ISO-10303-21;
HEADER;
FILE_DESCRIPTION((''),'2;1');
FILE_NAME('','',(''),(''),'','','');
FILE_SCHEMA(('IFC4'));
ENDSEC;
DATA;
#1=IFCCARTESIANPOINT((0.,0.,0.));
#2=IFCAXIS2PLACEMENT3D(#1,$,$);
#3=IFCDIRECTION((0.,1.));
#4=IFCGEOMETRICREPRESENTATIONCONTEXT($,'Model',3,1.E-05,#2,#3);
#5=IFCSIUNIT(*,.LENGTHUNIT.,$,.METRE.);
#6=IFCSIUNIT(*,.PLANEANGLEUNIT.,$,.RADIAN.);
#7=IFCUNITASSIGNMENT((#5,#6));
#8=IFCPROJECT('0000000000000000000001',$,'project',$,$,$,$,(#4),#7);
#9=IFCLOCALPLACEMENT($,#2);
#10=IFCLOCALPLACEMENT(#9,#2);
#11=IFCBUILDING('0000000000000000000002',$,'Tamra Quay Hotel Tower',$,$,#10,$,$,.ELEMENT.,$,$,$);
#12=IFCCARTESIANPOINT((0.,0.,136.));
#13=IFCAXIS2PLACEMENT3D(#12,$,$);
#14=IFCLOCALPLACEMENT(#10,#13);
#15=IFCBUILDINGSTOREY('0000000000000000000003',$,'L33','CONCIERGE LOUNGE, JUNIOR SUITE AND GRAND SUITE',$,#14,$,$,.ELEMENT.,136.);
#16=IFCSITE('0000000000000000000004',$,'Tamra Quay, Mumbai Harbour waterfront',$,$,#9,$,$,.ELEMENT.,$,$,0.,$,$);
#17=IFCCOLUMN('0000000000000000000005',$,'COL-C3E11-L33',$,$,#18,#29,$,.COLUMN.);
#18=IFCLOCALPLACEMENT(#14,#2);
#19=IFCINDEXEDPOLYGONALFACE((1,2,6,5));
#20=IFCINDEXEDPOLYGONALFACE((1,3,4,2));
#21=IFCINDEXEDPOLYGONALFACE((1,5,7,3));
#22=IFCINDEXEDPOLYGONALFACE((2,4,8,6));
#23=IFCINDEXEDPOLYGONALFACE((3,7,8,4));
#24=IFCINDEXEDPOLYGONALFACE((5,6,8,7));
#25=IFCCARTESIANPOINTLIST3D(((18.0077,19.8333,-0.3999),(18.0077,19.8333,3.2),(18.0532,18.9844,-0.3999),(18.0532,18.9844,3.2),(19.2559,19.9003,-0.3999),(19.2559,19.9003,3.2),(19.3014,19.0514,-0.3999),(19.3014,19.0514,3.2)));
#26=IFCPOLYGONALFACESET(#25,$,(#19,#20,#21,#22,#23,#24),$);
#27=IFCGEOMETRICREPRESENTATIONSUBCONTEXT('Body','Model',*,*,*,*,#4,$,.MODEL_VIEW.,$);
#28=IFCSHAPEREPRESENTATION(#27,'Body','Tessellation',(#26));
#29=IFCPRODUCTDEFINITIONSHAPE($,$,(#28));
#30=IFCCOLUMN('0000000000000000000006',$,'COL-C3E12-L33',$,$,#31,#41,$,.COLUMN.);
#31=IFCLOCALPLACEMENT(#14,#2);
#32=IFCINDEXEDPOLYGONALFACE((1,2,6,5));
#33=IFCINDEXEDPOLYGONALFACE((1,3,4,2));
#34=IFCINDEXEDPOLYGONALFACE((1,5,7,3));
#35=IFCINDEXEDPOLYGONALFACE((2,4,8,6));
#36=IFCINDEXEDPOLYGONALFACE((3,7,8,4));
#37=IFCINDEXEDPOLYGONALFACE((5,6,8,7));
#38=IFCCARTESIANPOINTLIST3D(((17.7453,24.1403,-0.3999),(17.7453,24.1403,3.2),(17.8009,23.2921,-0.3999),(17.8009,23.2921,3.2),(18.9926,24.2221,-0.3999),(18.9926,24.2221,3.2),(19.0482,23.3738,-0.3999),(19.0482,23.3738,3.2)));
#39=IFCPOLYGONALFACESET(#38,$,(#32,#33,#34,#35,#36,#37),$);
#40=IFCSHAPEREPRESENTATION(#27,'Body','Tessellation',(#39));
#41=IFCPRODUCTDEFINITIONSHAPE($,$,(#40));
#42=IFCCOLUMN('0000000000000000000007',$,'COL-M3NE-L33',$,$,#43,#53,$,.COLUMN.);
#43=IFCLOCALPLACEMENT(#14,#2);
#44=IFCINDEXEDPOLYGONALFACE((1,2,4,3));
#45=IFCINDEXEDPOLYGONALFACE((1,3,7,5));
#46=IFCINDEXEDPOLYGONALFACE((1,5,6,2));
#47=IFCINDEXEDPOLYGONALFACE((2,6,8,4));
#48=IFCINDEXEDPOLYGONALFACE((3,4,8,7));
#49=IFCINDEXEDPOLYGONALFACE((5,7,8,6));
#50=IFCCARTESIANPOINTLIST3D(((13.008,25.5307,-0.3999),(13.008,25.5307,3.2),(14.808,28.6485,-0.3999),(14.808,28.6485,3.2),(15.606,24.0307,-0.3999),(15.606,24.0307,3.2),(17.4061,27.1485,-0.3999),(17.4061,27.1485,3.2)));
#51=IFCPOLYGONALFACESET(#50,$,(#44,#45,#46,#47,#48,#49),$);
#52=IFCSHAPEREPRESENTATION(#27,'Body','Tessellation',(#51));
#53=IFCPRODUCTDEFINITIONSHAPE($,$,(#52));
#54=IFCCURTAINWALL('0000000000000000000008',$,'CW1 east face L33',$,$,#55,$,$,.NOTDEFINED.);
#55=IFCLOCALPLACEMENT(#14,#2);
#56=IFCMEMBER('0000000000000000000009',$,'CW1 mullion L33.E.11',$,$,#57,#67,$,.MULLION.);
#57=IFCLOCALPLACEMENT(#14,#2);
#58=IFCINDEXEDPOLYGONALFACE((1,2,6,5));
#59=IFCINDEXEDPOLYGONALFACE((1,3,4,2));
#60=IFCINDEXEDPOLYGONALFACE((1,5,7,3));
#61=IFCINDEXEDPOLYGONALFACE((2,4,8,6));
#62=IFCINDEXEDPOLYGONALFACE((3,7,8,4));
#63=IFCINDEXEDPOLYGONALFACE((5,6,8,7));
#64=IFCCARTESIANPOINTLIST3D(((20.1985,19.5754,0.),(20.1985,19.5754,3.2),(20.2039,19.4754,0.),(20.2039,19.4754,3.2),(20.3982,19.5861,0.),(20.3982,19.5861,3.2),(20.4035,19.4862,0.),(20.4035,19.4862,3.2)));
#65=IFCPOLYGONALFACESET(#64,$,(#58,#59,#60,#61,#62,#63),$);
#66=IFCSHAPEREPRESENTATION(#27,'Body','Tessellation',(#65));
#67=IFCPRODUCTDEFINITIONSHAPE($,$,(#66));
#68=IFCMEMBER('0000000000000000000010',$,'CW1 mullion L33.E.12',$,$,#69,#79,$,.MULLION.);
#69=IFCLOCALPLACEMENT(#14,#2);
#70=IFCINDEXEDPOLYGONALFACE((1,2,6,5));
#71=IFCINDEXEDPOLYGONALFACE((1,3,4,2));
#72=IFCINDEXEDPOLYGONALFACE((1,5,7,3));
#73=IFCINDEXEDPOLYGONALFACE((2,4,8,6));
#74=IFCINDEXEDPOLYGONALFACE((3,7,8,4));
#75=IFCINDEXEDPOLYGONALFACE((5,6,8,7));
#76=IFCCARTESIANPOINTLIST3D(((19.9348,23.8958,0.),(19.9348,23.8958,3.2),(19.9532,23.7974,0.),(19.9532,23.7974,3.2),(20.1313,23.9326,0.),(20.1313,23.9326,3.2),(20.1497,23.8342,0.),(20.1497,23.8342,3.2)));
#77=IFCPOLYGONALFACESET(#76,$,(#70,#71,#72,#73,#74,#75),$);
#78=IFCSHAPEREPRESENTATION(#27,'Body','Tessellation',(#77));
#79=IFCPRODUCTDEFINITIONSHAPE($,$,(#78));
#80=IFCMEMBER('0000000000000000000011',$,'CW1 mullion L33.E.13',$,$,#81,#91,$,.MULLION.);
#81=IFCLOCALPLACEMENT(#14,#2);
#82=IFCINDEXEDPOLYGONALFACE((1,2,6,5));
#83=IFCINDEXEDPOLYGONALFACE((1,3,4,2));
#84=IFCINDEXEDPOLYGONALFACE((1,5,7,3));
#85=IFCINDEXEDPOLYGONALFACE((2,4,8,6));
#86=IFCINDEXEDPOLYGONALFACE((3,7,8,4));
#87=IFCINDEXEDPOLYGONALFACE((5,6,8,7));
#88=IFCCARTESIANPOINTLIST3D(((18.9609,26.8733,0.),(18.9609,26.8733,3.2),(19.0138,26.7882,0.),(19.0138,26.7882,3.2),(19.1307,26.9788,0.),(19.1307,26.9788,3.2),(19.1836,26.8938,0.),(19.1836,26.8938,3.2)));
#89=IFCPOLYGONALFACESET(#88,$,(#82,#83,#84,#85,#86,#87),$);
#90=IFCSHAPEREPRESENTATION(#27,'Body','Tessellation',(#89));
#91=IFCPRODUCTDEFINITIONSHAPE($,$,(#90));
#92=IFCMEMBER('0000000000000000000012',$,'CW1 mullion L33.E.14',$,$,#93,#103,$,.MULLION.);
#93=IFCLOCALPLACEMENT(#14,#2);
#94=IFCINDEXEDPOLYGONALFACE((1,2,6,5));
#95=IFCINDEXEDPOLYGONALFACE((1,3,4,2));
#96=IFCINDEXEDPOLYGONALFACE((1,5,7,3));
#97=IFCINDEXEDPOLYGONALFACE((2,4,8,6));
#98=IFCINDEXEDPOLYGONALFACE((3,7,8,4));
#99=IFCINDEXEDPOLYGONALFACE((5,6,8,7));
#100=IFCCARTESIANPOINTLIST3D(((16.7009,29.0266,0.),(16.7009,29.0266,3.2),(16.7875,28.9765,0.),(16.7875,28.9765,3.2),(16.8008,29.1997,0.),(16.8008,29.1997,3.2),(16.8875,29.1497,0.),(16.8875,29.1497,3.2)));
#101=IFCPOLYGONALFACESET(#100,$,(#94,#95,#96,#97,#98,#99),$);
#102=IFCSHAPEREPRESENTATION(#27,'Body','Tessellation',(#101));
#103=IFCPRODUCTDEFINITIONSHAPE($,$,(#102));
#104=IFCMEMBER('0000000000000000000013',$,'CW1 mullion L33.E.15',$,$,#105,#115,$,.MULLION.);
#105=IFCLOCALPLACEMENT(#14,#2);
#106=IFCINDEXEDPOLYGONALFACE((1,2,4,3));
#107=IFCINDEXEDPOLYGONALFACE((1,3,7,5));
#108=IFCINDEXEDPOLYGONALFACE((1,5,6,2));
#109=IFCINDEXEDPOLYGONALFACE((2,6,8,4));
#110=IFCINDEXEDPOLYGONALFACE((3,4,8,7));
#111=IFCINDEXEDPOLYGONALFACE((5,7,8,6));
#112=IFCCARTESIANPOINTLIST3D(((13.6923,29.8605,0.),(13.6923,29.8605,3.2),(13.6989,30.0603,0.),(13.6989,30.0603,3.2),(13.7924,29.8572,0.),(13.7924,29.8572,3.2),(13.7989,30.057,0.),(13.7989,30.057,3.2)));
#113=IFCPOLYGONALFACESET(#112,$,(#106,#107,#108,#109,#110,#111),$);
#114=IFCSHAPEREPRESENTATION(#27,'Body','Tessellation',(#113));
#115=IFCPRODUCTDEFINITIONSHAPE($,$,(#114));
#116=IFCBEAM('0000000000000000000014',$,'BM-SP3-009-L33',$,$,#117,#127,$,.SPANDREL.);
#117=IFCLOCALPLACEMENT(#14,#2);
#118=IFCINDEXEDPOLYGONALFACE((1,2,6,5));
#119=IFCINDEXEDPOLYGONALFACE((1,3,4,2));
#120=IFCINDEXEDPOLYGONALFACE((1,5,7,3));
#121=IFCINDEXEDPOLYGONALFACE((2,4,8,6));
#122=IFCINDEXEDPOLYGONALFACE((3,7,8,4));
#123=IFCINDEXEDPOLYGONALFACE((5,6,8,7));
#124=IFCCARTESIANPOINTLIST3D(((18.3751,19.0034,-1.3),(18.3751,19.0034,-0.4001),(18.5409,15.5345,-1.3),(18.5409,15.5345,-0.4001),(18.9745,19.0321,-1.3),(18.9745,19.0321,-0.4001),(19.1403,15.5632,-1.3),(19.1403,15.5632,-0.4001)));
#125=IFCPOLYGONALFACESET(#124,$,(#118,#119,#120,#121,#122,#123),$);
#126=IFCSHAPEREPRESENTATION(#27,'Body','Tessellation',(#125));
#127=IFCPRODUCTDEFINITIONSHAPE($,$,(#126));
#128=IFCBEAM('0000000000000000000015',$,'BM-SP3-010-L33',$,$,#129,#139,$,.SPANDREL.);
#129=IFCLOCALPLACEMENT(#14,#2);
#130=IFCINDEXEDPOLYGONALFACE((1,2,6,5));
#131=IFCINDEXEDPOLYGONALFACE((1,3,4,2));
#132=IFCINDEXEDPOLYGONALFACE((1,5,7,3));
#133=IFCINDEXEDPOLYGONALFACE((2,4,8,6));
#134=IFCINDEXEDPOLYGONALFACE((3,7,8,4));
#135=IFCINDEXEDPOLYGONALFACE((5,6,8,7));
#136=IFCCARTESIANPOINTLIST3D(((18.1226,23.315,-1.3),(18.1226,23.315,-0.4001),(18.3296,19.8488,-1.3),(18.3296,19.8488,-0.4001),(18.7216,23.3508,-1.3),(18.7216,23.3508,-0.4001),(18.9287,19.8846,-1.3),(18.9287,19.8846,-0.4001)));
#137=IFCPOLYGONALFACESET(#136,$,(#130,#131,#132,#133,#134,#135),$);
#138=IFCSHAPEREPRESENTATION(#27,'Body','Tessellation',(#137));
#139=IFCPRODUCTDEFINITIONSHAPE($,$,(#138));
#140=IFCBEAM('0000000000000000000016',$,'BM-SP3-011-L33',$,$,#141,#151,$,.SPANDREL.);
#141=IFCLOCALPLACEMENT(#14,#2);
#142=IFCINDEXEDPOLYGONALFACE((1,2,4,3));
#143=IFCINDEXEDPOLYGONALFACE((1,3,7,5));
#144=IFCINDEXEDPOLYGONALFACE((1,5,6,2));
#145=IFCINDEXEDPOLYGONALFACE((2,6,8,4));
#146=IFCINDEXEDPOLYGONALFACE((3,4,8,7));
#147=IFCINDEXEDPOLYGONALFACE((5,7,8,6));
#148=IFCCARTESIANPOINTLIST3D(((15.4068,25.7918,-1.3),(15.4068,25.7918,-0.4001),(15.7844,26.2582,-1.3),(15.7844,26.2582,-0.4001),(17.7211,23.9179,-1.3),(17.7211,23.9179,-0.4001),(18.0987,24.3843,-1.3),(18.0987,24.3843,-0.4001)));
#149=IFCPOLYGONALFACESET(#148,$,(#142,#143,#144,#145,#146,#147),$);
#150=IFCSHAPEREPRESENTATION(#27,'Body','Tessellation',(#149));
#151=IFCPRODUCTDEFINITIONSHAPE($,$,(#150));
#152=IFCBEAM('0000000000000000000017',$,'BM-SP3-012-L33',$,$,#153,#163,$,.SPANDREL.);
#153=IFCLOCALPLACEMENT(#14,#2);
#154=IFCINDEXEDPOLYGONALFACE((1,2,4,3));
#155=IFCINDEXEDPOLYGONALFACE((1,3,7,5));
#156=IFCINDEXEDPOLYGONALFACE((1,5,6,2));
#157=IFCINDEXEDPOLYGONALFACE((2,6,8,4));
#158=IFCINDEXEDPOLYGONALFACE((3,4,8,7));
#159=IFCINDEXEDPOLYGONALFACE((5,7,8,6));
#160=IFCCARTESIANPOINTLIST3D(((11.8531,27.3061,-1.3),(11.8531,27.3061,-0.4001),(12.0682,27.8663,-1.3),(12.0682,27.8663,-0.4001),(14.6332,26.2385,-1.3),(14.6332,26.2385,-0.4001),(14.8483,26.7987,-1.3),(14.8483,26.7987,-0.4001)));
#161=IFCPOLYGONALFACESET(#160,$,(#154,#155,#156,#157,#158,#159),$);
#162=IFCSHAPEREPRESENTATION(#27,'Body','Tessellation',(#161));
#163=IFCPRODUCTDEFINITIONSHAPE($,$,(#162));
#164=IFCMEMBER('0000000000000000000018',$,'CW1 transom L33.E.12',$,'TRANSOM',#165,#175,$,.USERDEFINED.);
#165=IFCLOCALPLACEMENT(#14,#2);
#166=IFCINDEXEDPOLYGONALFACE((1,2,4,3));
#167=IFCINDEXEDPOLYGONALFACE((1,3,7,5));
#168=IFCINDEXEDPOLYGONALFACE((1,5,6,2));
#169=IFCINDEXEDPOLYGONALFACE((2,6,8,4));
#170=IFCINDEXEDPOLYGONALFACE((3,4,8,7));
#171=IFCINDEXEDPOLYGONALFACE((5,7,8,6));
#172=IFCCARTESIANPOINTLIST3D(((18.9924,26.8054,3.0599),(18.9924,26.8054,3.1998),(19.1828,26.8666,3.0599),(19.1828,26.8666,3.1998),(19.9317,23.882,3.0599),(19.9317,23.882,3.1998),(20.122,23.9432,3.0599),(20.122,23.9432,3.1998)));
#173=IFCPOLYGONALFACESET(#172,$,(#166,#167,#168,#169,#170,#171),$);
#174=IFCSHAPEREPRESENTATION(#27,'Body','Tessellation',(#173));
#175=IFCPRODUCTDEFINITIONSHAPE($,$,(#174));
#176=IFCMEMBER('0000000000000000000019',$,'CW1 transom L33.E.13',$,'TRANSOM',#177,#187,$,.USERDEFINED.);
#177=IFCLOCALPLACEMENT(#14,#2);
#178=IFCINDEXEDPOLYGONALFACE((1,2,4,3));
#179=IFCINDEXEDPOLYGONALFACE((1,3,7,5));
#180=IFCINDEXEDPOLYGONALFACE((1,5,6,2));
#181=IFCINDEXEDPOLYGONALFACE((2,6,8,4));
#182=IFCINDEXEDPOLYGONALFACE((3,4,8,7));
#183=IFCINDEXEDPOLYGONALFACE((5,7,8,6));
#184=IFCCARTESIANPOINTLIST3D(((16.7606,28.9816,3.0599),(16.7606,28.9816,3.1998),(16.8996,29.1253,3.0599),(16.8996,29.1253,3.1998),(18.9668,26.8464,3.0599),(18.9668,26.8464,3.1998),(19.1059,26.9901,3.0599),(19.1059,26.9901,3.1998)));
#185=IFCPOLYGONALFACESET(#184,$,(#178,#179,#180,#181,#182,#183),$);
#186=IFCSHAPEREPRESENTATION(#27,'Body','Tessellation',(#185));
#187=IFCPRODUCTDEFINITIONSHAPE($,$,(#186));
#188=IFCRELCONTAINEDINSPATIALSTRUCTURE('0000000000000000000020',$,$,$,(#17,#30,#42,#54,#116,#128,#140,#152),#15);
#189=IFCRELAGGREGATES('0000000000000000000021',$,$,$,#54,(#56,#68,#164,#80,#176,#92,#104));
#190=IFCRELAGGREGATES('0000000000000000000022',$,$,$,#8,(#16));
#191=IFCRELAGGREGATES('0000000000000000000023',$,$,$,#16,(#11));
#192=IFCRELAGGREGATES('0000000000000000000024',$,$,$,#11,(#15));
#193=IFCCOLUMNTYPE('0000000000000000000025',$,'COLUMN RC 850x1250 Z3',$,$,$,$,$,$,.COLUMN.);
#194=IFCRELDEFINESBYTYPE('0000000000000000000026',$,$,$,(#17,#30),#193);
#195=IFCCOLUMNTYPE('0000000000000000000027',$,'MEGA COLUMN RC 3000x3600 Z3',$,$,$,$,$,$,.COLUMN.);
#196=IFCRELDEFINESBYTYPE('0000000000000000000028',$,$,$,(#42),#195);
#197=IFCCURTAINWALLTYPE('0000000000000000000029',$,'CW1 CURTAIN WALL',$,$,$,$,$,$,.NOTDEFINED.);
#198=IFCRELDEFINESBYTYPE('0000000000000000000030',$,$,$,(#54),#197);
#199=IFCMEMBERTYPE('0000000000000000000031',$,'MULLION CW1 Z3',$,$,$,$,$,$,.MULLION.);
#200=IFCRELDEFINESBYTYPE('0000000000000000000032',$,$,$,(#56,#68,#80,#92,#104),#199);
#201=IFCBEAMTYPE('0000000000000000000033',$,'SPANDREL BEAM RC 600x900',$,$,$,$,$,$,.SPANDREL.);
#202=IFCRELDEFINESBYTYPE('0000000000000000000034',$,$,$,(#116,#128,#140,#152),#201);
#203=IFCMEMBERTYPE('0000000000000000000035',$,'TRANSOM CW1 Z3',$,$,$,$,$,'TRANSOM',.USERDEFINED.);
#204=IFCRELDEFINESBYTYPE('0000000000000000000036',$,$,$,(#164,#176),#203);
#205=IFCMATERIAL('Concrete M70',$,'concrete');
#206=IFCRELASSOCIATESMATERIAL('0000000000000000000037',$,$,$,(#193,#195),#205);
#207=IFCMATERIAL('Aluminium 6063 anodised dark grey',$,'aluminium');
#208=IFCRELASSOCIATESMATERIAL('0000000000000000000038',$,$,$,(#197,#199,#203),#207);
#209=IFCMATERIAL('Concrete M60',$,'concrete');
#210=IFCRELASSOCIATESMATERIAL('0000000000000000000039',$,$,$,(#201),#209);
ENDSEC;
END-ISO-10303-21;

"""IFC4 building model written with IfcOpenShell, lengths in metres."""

from ifc_helpers import new_model, si_unit, direction, frame, origin, origin_2d, place, context, subcontext, project, spatial, rectangle, extrude, material, material_profile, profile_set, type_object, element, aggregate, save


model = new_model("IFC4")

# Units and contexts
model_context = context("Model", 3, precision=1e-05, world=origin(), true_north=direction((0.0, 1.0)))
body_context = subcontext(model_context, "Body", "Model", "MODEL_VIEW")
ifc_project = project(units=[si_unit("LENGTHUNIT", "METRE"), si_unit("PLANEANGLEUNIT", "RADIAN")], contexts=[model_context])

# Site, building, storey
site_placement = place(None, origin())
site = spatial("IfcSite", under=ifc_project, at=site_placement, Name="Tamra Quay, Mumbai Harbour waterfront", CompositionType="ELEMENT", RefElevation=0.0)
building_placement = place(site_placement, origin())
building = spatial("IfcBuilding", under=site, at=building_placement, Name="Tamra Quay Hotel Tower", CompositionType="ELEMENT")
storey_placement = place(building_placement, frame((0.0, 0.0, 136.0)))
storey = spatial("IfcBuildingStorey", under=building, at=storey_placement, Name="L33", Description="CONCIERGE LOUNGE, JUNIOR SUITE AND GRAND SUITE", CompositionType="ELEMENT", Elevation=136.0)

# Columns
ifc_material_1 = material(Name="Concrete M70", Category="concrete")
ifc_material_profile_1 = material_profile(ifc_material_1, rectangle(XDim=1.25, YDim=0.8501, at=origin_2d()), Name="COLUMN RC 850x1250 Z3")
ifc_profile_set_1 = profile_set([ifc_material_profile_1], Name="Concrete M70")
column_type_1 = type_object("IfcColumnType", Name="COLUMN RC 850x1250 Z3", PredefinedType="COLUMN", material=ifc_profile_set_1)
for number, where, z_axis, x_axis, name in (
    (1, (18.6545, 19.4424, -0.3999), (0.0, 0.0, 1.0), (0.998562, 0.053603, 0.0), "COL-C3E11-L33"),
    (2, (18.3967, 23.7571, -0.3999), (0.0, 0.0, 1.0), (0.997858, 0.065419, 0.0), "COL-C3E12-L33"),
):
    element("IfcColumn", number, at=place(storey_placement, frame(where, z_axis=z_axis, x_axis=x_axis)), inside=storey, type_object=column_type_1, Name=name, PredefinedType="COLUMN", context=body_context, shape_type="SweptSolid", body=[
        extrude(rectangle(XDim=1.25, YDim=0.8501, at=origin_2d()), origin(), (0.0, 0.0, 1.0), 3.5999),
    ])
ifc_material_profile_2 = material_profile(ifc_material_1, rectangle(XDim=3.6001, YDim=3.0, at=origin_2d()), Name="MEGA COLUMN RC 3000x3600 Z3")
ifc_profile_set_2 = profile_set([ifc_material_profile_2], Name="Concrete M70")
column_type_2 = type_object("IfcColumnType", Name="MEGA COLUMN RC 3000x3600 Z3", PredefinedType="COLUMN", material=ifc_profile_set_2)
column_placement = place(storey_placement, frame((15.207, 26.3396, -0.3999), z_axis=(0.0, 0.0, 1.0), x_axis=(0.5, 0.866025, 0.0)))
element("IfcColumn", 3, at=column_placement, inside=storey, type_object=column_type_2, Name="COL-M3NE-L33", PredefinedType="COLUMN", context=body_context, shape_type="SweptSolid", body=[
    extrude(rectangle(XDim=3.6001, YDim=3.0, at=origin_2d()), origin(), (0.0, 0.0, 1.0), 3.5999),
])

# Curtain wall, members
ifc_material_2 = material(Name="Aluminium 6063 anodised dark grey", Category="aluminium")
curtain_wall_type = type_object("IfcCurtainWallType", Name="CW1 CURTAIN WALL", PredefinedType="NOTDEFINED", material=ifc_material_2)
curtain_wall_placement = place(storey_placement, origin())
curtain_wall = element("IfcCurtainWall", 4, at=curtain_wall_placement, inside=storey, type_object=curtain_wall_type, Name="CW1 east face L33", PredefinedType="NOTDEFINED")
ifc_material_profile_3 = material_profile(ifc_material_2, rectangle(XDim=0.2, YDim=0.1001, at=origin_2d()), Name="MULLION 100X200")
ifc_profile_set_3 = profile_set([ifc_material_profile_3], Name="Aluminium 6063 anodised dark grey")
member_type_1 = type_object("IfcMemberType", Name="MULLION CW1 Z3", PredefinedType="MULLION", material=ifc_profile_set_3)
member_1_placement = place(storey_placement, frame((20.301, 19.5308, 0.0), z_axis=(0.0, 0.0, 1.0), x_axis=(0.998557, 0.053695, 0.0)))
member_1 = element("IfcMember", 5, at=member_1_placement, type_object=member_type_1, Name="CW1 mullion L33.E.11", PredefinedType="MULLION", context=body_context, shape_type="SweptSolid", body=[
    extrude(rectangle(XDim=0.2, YDim=0.1001, at=origin_2d()), origin(), (0.0, 0.0, 1.0), 3.2),
])
member_2_placement = place(storey_placement, frame((20.0422, 23.865, 0.0), z_axis=(0.0, 0.0, 1.0), x_axis=(0.982883, 0.18423, 0.0)))
member_2 = element("IfcMember", 6, at=member_2_placement, type_object=member_type_1, Name="CW1 mullion L33.E.12", PredefinedType="MULLION", context=body_context, shape_type="SweptSolid", body=[
    extrude(rectangle(XDim=0.2, YDim=0.1001, at=origin_2d()), origin(), (0.0, 0.0, 1.0), 3.2),
])
member_3_placement = place(storey_placement, frame((19.0723, 26.8835, 0.0), z_axis=(0.0, 0.0, 1.0), x_axis=(0.849198, 0.528075, 0.0)))
member_3 = element("IfcMember", 7, at=member_3_placement, type_object=member_type_1, Name="CW1 mullion L33.E.13", PredefinedType="MULLION", context=body_context, shape_type="SweptSolid", body=[
    extrude(rectangle(XDim=0.2, YDim=0.1001, at=origin_2d()), origin(), (0.0, 0.0, 1.0), 3.2),
])
member_4_placement = place(storey_placement, frame((16.7942, 29.0881, 0.0), z_axis=(0.0, 0.0, 1.0), x_axis=(0.5, 0.866025, 0.0)))
member_4 = element("IfcMember", 8, at=member_4_placement, type_object=member_type_1, Name="CW1 mullion L33.E.14", PredefinedType="MULLION", context=body_context, shape_type="SweptSolid", body=[
    extrude(rectangle(XDim=0.2, YDim=0.1001, at=origin_2d()), origin(), (0.0, 0.0, 1.0), 3.2),
])
member_5_placement = place(storey_placement, frame((13.7456, 29.9587, 0.0), z_axis=(0.0, 0.0, 1.0), x_axis=(0.032727, 0.999464, 0.0)))
member_5 = element("IfcMember", 9, at=member_5_placement, type_object=member_type_1, Name="CW1 mullion L33.E.15", PredefinedType="MULLION", context=body_context, shape_type="SweptSolid", body=[
    extrude(rectangle(XDim=0.2, YDim=0.1001, at=origin_2d()), origin(), (0.0, 0.0, 1.0), 3.2),
])

# Beams
ifc_material_3 = material(Name="Concrete M60", Category="concrete")
ifc_material_profile_4 = material_profile(ifc_material_3, rectangle(XDim=0.6001, YDim=0.8999, at=origin_2d()), Name="SPANDREL BEAM RC 600x900")
ifc_profile_set_4 = profile_set([ifc_material_profile_4], Name="Concrete M60")
beam_type = type_object("IfcBeamType", Name="SPANDREL BEAM RC 600x900", PredefinedType="SPANDREL", material=ifc_profile_set_4)
beam_1_placement = place(storey_placement, frame((18.8406, 15.5488, -0.8501), z_axis=(-0.047732, 0.99886, 0.0), x_axis=(-0.99886, -0.047732, 0.0)))
element("IfcBeam", 10, at=beam_1_placement, inside=storey, type_object=beam_type, Name="BM-SP3-009-L33", PredefinedType="SPANDREL", context=body_context, shape_type="SweptSolid", body=[
    extrude(rectangle(XDim=0.6001, YDim=0.8999, at=origin_2d()), origin(), (0.0, 0.0, 1.0), 3.4729),
])
beam_2_placement = place(storey_placement, frame((18.6292, 19.8667, -0.8501), z_axis=(-0.05962, 0.998221, 0.0), x_axis=(-0.998221, -0.05962, 0.0)))
element("IfcBeam", 11, at=beam_2_placement, inside=storey, type_object=beam_type, Name="BM-SP3-010-L33", PredefinedType="SPANDREL", context=body_context, shape_type="SweptSolid", body=[
    extrude(rectangle(XDim=0.6001, YDim=0.8999, at=origin_2d()), origin(), (0.0, 0.0, 1.0), 3.4724),
])
beam_3_placement = place(storey_placement, frame((17.9099, 24.1511, -0.8501), z_axis=(-0.777184, 0.629274, 0.0), x_axis=(-0.629274, -0.777184, 0.0)))
element("IfcBeam", 12, at=beam_3_placement, inside=storey, type_object=beam_type, Name="BM-SP3-011-L33", PredefinedType="SPANDREL", context=body_context, shape_type="SweptSolid", body=[
    extrude(rectangle(XDim=0.6001, YDim=0.8999, at=origin_2d()), origin(), (0.0, 0.0, 1.0), 2.9778),
])
beam_4_placement = place(storey_placement, frame((14.7407, 26.5186, -0.8501), z_axis=(-0.933527, 0.358507, 0.0), x_axis=(-0.358507, -0.933527, 0.0)))
element("IfcBeam", 13, at=beam_4_placement, inside=storey, type_object=beam_type, Name="BM-SP3-012-L33", PredefinedType="SPANDREL", context=body_context, shape_type="SweptSolid", body=[
    extrude(rectangle(XDim=0.6001, YDim=0.8999, at=origin_2d()), origin(), (0.0, 0.0, 1.0), 2.978),
])

# Members
ifc_material_profile_5 = material_profile(ifc_material_2, rectangle(XDim=0.2, YDim=0.1399, at=origin_2d()), Name="TRANSOM 200X140")
ifc_profile_set_5 = profile_set([ifc_material_profile_5], Name="Aluminium 6063 anodised dark grey")
member_type_2 = type_object("IfcMemberType", Name="TRANSOM CW1 Z3", ElementType="TRANSOM", PredefinedType="USERDEFINED", material=ifc_profile_set_5)
member_6_placement = place(storey_placement, frame((20.0269, 23.9126, 3.1299), z_axis=(-0.30588, 0.95207, 0.0), x_axis=(-0.95207, -0.30588, 0.0)))
member_6 = element("IfcMember", 14, at=member_6_placement, type_object=member_type_2, Name="CW1 transom L33.E.12", ObjectType="TRANSOM", PredefinedType="USERDEFINED", context=body_context, shape_type="SweptSolid", body=[
    extrude(rectangle(XDim=0.2, YDim=0.1399, at=origin_2d()), origin(), (0.0, 0.0, 1.0), 3.0706),
])
member_7_placement = place(storey_placement, frame((19.0364, 26.9182, 3.1299), z_axis=(-0.718582, 0.695443, 0.0), x_axis=(-0.695443, -0.718582, 0.0)))
member_7 = element("IfcMember", 15, at=member_7_placement, type_object=member_type_2, Name="CW1 transom L33.E.13", ObjectType="TRANSOM", PredefinedType="USERDEFINED", context=body_context, shape_type="SweptSolid", body=[
    extrude(rectangle(XDim=0.2, YDim=0.1399, at=origin_2d()), origin(), (0.0, 0.0, 1.0), 3.0703),
])

aggregate(curtain_wall, [member_1, member_2, member_6, member_3, member_7, member_4, member_5])

save(model, "model.ifc")
